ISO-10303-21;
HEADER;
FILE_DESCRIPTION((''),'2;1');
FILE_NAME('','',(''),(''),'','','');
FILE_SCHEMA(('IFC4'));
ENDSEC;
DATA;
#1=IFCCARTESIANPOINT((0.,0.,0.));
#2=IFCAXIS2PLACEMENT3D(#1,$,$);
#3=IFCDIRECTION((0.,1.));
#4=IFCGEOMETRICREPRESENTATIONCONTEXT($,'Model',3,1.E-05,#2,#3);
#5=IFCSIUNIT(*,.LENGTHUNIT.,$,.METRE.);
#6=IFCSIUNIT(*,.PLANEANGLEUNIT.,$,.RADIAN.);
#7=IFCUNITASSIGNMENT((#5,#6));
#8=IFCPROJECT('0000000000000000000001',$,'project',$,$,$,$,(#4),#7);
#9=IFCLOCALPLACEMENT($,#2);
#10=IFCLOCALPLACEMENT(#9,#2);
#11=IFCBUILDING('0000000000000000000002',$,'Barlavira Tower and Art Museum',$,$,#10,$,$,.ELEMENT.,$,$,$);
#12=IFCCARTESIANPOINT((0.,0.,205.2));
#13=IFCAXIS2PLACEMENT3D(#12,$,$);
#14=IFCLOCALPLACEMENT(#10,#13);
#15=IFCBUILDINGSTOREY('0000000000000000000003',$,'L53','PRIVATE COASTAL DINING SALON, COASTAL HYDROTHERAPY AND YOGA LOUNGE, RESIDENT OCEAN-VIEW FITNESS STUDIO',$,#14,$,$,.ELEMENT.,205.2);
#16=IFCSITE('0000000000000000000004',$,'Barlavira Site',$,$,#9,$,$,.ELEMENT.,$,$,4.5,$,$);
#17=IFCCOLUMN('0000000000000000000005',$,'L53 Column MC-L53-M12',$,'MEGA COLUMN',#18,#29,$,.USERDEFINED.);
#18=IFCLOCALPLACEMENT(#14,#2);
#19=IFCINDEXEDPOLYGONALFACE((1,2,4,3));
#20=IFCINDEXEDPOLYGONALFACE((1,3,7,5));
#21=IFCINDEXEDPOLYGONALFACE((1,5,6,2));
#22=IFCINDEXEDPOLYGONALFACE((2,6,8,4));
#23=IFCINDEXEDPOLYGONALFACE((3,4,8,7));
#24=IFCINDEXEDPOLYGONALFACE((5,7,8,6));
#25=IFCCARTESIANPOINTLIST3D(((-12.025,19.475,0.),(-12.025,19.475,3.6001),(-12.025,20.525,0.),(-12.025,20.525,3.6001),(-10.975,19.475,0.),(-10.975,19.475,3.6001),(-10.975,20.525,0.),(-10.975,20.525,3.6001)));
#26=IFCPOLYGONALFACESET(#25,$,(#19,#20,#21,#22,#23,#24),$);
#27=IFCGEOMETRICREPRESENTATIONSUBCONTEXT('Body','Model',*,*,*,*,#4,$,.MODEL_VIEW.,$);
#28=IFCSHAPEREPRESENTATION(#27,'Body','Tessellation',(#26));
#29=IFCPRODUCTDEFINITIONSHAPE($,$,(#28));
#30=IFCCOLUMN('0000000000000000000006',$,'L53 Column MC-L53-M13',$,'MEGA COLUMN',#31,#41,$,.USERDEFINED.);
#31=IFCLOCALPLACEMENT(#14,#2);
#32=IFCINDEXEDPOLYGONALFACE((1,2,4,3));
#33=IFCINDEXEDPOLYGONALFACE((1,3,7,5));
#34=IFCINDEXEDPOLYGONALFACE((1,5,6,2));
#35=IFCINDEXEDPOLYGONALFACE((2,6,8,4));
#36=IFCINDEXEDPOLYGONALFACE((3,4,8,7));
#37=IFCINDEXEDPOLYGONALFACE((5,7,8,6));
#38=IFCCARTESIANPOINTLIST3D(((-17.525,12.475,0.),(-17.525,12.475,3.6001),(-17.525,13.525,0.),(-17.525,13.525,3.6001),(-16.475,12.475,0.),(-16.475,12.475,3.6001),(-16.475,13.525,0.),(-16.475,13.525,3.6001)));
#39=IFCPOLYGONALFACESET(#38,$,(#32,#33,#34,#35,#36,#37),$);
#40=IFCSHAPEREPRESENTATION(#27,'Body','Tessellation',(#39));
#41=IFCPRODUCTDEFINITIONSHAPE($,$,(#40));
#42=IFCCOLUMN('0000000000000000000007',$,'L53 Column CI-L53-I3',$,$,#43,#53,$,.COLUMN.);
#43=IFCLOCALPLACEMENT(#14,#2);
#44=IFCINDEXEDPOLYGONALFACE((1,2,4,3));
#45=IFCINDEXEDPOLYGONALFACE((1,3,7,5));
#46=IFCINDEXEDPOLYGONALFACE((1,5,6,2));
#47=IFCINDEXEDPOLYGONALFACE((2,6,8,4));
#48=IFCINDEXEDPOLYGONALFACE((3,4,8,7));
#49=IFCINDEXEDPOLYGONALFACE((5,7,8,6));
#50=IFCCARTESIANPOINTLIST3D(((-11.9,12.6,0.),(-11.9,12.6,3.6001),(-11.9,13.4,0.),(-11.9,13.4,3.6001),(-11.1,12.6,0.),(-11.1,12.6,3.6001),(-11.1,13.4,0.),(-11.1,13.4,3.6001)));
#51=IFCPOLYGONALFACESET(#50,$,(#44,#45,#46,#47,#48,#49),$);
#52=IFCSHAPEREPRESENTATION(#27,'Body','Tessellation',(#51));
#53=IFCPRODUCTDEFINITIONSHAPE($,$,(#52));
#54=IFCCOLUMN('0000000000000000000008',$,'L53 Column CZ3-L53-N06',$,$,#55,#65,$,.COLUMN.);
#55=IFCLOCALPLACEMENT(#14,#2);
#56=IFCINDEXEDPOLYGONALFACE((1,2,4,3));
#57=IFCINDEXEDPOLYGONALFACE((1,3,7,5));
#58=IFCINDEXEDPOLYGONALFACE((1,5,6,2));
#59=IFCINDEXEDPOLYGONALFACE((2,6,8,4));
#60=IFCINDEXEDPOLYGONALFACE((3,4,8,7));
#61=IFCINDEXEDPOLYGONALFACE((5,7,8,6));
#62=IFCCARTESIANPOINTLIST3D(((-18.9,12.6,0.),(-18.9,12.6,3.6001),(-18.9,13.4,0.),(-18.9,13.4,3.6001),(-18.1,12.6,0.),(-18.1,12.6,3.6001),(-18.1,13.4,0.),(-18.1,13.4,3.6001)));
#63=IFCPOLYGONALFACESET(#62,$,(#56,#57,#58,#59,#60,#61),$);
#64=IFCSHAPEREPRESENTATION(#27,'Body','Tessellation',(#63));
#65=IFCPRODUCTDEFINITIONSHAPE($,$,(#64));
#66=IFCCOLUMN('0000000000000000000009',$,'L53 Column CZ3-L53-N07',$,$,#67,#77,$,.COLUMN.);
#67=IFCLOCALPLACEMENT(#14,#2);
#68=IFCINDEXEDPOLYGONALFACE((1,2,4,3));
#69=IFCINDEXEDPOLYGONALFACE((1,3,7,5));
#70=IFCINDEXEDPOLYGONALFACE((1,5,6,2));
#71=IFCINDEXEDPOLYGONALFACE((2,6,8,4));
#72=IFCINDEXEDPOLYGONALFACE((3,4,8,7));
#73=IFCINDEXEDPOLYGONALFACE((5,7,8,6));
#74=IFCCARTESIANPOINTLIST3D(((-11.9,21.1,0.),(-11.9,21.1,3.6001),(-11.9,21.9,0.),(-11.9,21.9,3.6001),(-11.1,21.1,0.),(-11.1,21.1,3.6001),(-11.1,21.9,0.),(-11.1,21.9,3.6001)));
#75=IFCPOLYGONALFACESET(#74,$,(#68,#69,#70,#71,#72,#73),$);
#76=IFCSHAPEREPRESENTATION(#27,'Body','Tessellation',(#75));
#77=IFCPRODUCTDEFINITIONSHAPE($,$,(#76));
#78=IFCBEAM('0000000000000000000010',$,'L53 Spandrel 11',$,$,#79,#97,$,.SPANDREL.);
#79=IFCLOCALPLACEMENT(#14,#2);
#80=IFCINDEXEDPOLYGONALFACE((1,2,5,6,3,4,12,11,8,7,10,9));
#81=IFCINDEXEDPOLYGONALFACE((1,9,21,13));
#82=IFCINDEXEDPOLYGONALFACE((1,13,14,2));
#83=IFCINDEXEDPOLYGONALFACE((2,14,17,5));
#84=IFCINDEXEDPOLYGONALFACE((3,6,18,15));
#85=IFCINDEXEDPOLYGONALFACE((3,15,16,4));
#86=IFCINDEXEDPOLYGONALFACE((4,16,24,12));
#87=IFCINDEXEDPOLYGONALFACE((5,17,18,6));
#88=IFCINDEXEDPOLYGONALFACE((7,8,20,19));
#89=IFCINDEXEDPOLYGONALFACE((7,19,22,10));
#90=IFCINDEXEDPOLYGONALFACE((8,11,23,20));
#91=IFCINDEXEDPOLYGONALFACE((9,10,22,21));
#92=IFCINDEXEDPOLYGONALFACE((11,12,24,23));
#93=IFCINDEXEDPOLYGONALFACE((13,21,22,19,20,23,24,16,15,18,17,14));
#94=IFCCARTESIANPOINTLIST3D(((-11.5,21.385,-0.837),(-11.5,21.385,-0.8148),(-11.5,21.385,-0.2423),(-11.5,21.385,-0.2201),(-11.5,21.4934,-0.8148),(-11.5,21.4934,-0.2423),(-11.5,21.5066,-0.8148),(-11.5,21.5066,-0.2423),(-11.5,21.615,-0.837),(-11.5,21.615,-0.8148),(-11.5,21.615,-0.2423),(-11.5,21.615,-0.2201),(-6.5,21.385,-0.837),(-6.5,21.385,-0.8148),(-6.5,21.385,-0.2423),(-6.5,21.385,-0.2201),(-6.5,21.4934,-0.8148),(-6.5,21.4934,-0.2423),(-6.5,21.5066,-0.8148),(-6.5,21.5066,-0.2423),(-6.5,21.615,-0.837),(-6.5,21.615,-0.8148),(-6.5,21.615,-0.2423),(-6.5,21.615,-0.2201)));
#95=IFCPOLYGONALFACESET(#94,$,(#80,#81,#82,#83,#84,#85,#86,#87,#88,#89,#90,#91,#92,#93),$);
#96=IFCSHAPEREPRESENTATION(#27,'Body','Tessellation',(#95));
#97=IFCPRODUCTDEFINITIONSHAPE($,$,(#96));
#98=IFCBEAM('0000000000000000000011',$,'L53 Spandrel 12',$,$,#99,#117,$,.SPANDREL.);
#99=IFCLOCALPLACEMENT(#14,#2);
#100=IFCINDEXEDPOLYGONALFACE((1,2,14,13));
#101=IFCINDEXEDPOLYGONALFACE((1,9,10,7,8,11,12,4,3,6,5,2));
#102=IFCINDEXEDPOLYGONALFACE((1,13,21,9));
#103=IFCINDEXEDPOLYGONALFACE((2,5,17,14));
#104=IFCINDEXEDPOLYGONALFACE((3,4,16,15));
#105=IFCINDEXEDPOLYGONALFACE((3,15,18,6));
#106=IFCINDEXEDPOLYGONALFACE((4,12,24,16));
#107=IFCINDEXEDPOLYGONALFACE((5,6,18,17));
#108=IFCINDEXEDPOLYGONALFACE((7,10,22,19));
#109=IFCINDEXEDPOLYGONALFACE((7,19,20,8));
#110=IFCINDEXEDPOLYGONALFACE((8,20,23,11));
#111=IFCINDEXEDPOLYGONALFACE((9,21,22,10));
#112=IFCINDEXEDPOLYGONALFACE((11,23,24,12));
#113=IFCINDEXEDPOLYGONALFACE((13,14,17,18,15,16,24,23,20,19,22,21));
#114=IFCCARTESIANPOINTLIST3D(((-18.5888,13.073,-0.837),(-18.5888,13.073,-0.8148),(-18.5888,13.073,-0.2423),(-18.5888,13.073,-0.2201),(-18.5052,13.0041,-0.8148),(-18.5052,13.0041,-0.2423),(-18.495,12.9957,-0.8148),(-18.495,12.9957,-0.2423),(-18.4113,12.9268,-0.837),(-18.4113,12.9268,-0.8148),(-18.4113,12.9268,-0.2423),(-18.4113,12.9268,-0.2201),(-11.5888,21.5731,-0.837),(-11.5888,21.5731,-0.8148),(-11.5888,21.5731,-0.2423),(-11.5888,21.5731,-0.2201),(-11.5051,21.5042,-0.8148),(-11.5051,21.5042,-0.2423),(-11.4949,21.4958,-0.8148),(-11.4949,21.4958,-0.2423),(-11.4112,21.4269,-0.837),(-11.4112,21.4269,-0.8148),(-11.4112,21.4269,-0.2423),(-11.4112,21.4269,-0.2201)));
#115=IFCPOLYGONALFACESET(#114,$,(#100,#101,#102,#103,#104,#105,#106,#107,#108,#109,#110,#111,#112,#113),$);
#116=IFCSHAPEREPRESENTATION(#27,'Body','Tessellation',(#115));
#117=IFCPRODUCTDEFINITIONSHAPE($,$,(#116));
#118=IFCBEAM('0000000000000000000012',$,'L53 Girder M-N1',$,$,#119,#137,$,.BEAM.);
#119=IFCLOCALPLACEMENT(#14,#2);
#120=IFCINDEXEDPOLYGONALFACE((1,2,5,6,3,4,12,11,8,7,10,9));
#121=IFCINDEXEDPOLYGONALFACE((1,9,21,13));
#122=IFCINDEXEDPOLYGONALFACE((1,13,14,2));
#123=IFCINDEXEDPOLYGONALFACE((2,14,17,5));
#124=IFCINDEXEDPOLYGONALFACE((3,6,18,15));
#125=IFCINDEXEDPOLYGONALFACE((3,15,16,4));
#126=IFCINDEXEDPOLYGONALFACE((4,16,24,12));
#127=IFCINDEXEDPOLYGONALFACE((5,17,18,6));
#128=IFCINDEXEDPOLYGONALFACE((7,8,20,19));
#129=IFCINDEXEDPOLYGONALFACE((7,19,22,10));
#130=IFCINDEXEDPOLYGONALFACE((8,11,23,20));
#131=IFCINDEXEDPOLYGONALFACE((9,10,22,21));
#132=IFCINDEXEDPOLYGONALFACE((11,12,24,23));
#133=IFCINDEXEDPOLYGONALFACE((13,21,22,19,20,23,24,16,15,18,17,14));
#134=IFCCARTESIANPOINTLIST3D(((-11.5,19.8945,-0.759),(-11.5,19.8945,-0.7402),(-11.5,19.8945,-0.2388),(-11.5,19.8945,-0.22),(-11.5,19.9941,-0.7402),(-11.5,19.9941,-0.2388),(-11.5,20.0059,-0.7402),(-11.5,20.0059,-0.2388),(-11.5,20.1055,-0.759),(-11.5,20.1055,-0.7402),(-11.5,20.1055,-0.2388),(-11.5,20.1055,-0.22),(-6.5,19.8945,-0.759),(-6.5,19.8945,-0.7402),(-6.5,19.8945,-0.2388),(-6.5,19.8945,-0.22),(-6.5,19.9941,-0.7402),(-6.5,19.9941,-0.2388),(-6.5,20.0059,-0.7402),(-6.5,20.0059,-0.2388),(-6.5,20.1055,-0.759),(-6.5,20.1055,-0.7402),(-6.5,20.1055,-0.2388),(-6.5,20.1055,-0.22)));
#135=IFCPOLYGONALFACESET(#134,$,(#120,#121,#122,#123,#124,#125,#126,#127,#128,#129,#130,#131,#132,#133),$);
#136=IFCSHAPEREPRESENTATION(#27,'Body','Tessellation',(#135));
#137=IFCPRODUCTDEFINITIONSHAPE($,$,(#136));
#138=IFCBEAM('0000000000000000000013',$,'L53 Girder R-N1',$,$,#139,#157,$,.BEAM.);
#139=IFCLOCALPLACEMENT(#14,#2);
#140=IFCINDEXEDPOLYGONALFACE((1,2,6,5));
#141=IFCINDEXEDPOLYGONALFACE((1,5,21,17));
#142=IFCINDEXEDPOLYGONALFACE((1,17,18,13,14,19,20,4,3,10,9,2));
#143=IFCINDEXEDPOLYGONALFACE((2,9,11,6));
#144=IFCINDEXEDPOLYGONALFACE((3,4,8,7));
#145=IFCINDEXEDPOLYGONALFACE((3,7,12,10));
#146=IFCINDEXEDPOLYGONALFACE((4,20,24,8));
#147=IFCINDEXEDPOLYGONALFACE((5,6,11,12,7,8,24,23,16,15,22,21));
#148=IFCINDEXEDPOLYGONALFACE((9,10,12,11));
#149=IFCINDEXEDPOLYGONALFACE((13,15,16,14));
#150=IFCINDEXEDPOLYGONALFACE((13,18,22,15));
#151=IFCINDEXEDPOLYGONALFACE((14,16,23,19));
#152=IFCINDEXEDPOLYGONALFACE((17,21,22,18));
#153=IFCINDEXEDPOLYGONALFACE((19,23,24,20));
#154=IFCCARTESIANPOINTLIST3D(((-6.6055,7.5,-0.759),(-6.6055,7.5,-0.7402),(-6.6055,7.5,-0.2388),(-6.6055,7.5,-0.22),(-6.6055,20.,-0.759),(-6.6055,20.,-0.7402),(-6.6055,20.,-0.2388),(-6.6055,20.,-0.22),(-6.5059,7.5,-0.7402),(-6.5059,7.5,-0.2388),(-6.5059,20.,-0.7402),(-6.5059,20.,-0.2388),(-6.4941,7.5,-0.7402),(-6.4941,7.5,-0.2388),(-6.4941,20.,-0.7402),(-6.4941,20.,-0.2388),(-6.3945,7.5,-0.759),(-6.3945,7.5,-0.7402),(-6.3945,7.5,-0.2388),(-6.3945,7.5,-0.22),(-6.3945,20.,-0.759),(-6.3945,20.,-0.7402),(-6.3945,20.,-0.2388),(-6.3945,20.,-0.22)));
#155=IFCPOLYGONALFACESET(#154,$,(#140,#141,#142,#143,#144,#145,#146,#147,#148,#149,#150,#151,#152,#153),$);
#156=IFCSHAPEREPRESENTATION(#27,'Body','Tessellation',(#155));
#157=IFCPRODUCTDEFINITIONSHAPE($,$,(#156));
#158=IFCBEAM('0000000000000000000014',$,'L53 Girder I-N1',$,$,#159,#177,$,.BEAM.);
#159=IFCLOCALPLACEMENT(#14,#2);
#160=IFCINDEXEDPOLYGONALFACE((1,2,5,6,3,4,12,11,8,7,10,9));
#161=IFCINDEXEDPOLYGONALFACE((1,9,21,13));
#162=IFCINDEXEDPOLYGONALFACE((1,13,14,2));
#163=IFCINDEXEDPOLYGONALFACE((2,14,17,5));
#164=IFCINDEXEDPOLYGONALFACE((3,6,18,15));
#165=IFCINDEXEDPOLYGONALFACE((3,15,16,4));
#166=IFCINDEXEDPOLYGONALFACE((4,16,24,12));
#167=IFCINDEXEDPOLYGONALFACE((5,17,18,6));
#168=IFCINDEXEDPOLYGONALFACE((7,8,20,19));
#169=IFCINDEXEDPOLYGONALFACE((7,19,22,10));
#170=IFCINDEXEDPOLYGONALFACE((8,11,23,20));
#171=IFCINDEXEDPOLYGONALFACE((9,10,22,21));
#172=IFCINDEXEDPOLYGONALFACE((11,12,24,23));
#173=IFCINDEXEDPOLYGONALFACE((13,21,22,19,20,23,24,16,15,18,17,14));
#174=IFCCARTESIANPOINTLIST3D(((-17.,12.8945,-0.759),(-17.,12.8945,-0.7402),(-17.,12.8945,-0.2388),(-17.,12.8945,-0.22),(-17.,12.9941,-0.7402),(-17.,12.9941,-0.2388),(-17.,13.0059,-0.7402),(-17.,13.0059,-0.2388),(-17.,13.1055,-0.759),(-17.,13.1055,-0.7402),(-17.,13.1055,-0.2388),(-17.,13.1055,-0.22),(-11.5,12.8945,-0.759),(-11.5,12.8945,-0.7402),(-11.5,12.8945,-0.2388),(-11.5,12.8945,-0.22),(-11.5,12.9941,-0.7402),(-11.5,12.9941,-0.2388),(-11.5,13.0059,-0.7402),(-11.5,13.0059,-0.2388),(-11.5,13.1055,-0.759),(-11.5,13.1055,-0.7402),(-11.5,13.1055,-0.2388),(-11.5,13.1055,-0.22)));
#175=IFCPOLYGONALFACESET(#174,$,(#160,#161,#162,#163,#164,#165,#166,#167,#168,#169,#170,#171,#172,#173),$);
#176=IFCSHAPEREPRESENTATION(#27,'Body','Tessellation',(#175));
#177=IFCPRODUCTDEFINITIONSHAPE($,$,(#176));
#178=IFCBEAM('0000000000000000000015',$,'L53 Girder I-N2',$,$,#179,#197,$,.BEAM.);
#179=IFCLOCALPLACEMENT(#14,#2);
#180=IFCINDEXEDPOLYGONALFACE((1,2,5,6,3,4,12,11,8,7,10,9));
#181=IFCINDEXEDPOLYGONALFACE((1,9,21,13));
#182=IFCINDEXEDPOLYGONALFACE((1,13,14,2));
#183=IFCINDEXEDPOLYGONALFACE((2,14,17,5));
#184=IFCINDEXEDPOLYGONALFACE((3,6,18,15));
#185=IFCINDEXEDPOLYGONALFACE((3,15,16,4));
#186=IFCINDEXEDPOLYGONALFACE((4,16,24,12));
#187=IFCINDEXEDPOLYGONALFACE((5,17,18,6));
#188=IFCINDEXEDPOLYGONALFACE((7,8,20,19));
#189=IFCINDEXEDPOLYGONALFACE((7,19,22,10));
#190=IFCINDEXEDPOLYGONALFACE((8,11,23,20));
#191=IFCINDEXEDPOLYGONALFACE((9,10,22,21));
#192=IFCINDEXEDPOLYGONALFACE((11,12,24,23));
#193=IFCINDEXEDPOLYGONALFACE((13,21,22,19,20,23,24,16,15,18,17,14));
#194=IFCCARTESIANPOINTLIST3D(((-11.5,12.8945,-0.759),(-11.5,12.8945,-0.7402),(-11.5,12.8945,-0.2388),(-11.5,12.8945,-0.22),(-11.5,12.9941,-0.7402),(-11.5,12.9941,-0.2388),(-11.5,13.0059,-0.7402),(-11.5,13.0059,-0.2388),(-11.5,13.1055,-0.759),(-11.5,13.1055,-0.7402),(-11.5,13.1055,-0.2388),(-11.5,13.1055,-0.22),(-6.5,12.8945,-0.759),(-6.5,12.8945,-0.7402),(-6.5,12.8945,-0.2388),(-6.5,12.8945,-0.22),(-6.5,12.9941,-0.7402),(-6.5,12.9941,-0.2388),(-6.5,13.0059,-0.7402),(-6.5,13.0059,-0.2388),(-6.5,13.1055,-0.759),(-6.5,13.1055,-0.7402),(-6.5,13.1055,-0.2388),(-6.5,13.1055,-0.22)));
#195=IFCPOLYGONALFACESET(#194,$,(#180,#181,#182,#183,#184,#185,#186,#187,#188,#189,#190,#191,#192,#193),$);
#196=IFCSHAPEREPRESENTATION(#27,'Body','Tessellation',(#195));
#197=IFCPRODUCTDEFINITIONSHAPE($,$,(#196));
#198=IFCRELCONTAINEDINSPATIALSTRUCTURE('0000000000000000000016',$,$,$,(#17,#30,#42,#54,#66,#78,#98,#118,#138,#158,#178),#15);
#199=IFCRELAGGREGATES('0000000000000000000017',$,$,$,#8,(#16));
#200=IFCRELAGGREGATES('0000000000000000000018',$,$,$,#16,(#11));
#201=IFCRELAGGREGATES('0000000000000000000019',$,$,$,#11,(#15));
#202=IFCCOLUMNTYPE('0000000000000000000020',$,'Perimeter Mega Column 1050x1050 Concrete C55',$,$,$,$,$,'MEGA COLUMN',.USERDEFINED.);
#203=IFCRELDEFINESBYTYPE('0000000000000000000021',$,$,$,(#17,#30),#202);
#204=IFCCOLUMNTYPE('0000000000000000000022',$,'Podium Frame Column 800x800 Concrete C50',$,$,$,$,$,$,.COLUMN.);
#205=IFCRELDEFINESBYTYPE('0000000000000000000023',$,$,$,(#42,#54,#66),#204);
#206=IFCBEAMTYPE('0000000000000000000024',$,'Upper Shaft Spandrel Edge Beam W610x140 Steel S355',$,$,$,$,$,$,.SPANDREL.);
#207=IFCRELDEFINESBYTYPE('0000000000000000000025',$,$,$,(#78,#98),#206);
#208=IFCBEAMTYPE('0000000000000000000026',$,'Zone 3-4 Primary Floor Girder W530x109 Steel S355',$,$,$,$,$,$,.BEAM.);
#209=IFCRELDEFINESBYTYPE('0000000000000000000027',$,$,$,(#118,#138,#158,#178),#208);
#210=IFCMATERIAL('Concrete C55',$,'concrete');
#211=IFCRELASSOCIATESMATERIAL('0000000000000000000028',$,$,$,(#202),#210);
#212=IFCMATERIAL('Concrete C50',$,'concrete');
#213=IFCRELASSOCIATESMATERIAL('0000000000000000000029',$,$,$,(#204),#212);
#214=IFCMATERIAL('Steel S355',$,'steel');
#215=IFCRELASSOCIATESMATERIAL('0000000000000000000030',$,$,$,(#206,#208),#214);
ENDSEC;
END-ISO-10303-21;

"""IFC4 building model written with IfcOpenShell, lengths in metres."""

from ifc_helpers import new_model, si_unit, direction, frame, origin, origin_2d, place, context, subcontext, project, spatial, rectangle, i_section, extrude, material, material_profile, profile_set, type_object, element, save


model = new_model("IFC4")

# Units and contexts
model_context = context("Model", 3, precision=1e-05, world=origin(), true_north=direction((0.0, 1.0)))
body_context = subcontext(model_context, "Body", "Model", "MODEL_VIEW")
ifc_project = project(units=[si_unit("LENGTHUNIT", "METRE"), si_unit("PLANEANGLEUNIT", "RADIAN")], contexts=[model_context])

# Site, building, storey
site_placement = place(None, origin())
site = spatial("IfcSite", under=ifc_project, at=site_placement, Name="Barlavira Site", CompositionType="ELEMENT", RefElevation=4.5)
building_placement = place(site_placement, origin())
building = spatial("IfcBuilding", under=site, at=building_placement, Name="Barlavira Tower and Art Museum", CompositionType="ELEMENT")
storey_placement = place(building_placement, frame((0.0, 0.0, 205.2)))
storey = spatial("IfcBuildingStorey", under=building, at=storey_placement, Name="L53", Description="PRIVATE COASTAL DINING SALON, COASTAL HYDROTHERAPY AND YOGA LOUNGE, RESIDENT OCEAN-VIEW FITNESS STUDIO", CompositionType="ELEMENT", Elevation=205.2)

# Columns
ifc_material_1 = material(Name="Concrete C55", Category="concrete")
ifc_material_profile_1 = material_profile(ifc_material_1, rectangle(XDim=1.05, YDim=1.05, at=origin_2d()), Name="RC-COL 1050x1050")
ifc_profile_set_1 = profile_set([ifc_material_profile_1], Name="Concrete C55")
column_type_1 = type_object("IfcColumnType", Name="Perimeter Mega Column 1050x1050 Concrete C55", ElementType="MEGA COLUMN", PredefinedType="USERDEFINED", material=ifc_profile_set_1)
for number, where, z_axis, x_axis, name in (
    (1, (-11.5, 20.0, 0.0), (0.0, 0.0, 1.0), (1.0, 0.0, 0.0), "L53 Column MC-L53-M12"),
    (2, (-17.0, 13.0, 0.0), (0.0, 0.0, 1.0), (1.0, 0.0, 0.0), "L53 Column MC-L53-M13"),
):
    element("IfcColumn", number, at=place(storey_placement, frame(where, z_axis=z_axis, x_axis=x_axis)), inside=storey, type_object=column_type_1, Name=name, ObjectType="MEGA COLUMN", PredefinedType="USERDEFINED", context=body_context, shape_type="SweptSolid", body=[
        extrude(rectangle(XDim=1.05, YDim=1.05, at=origin_2d()), origin(), (0.0, 0.0, 1.0), 3.6001),
    ])
ifc_material_2 = material(Name="Concrete C50", Category="concrete")
ifc_material_profile_2 = material_profile(ifc_material_2, rectangle(XDim=0.8, YDim=0.8, at=origin_2d()), Name="RC-COL 800x800")
ifc_profile_set_2 = profile_set([ifc_material_profile_2], Name="Concrete C50")
column_type_2 = type_object("IfcColumnType", Name="Podium Frame Column 800x800 Concrete C50", PredefinedType="COLUMN", material=ifc_profile_set_2)
for number, where, z_axis, x_axis, name in (
    (3, (-11.5, 13.0, 0.0), (0.0, 0.0, 1.0), (1.0, 0.0, 0.0), "L53 Column CI-L53-I3"),
    (4, (-18.5, 13.0, 0.0), (0.0, 0.0, 1.0), (1.0, 0.0, 0.0), "L53 Column CZ3-L53-N06"),
    (5, (-11.5, 21.5, 0.0), (0.0, 0.0, 1.0), (1.0, 0.0, 0.0), "L53 Column CZ3-L53-N07"),
):
    element("IfcColumn", number, at=place(storey_placement, frame(where, z_axis=z_axis, x_axis=x_axis)), inside=storey, type_object=column_type_2, Name=name, PredefinedType="COLUMN", context=body_context, shape_type="SweptSolid", body=[
        extrude(rectangle(XDim=0.8, YDim=0.8, at=origin_2d()), origin(), (0.0, 0.0, 1.0), 3.6001),
    ])

# Beams
ifc_material_3 = material(Name="Steel S355", Category="steel")
ifc_material_profile_3 = material_profile(ifc_material_3, i_section(OverallWidth=0.23, OverallDepth=0.6169, WebThickness=0.0132, FlangeThickness=0.0222, at=origin_2d()), Name="W610x140.0")
ifc_profile_set_3 = profile_set([ifc_material_profile_3], Name="Steel S355")
beam_type_1 = type_object("IfcBeamType", Name="Upper Shaft Spandrel Edge Beam W610x140 Steel S355", PredefinedType="SPANDREL", material=ifc_profile_set_3)
beam_1_placement = place(storey_placement, frame((-11.5, 21.5, -0.5286), z_axis=(1.0, 0.0, 0.0), x_axis=(0.0, 1.0, 0.0)))
element("IfcBeam", 6, at=beam_1_placement, inside=storey, type_object=beam_type_1, Name="L53 Spandrel 11", PredefinedType="SPANDREL", context=body_context, shape_type="SweptSolid", body=[
    extrude(i_section(OverallWidth=0.23, OverallDepth=0.6169, WebThickness=0.0132, FlangeThickness=0.0222, at=origin_2d()), origin(), (0.0, 0.0, 1.0), 5.0),
])
beam_2_placement = place(storey_placement, frame((-11.5, 21.5, -0.5286), z_axis=(-0.635707, -0.77193, 0.0), x_axis=(0.77193, -0.635707, 0.0)))
element("IfcBeam", 7, at=beam_2_placement, inside=storey, type_object=beam_type_1, Name="L53 Spandrel 12", PredefinedType="SPANDREL", context=body_context, shape_type="SweptSolid", body=[
    extrude(i_section(OverallWidth=0.23, OverallDepth=0.6169, WebThickness=0.0132, FlangeThickness=0.0222, at=origin_2d()), origin(), (0.0, 0.0, 1.0), 11.0115),
])
ifc_material_profile_4 = material_profile(ifc_material_3, i_section(OverallWidth=0.2109, OverallDepth=0.5391, WebThickness=0.0117, FlangeThickness=0.0188, at=origin_2d()), Name="W530x109.0")
ifc_profile_set_4 = profile_set([ifc_material_profile_4], Name="Steel S355")
beam_type_2 = type_object("IfcBeamType", Name="Zone 3-4 Primary Floor Girder W530x109 Steel S355", PredefinedType="BEAM", material=ifc_profile_set_4)
beam_3_placement = place(storey_placement, frame((-11.5, 20.0, -0.4895), z_axis=(1.0, 0.0, 0.0), x_axis=(0.0, 1.0, 0.0)))
element("IfcBeam", 8, at=beam_3_placement, inside=storey, type_object=beam_type_2, Name="L53 Girder M-N1", PredefinedType="BEAM", context=body_context, shape_type="SweptSolid", body=[
    extrude(i_section(OverallWidth=0.2109, OverallDepth=0.5391, WebThickness=0.0117, FlangeThickness=0.0188, at=origin_2d()), origin(), (0.0, 0.0, 1.0), 5.0),
])
beam_4_placement = place(storey_placement, frame((-6.5, 7.5, -0.4895), z_axis=(0.0, 1.0, 0.0), x_axis=(-1.0, 0.0, 0.0)))
element("IfcBeam", 9, at=beam_4_placement, inside=storey, type_object=beam_type_2, Name="L53 Girder R-N1", PredefinedType="BEAM", context=body_context, shape_type="SweptSolid", body=[
    extrude(i_section(OverallWidth=0.2109, OverallDepth=0.5391, WebThickness=0.0117, FlangeThickness=0.0188, at=origin_2d()), origin(), (0.0, 0.0, 1.0), 12.5),
])
beam_5_placement = place(storey_placement, frame((-17.0, 13.0, -0.4895), z_axis=(1.0, 0.0, 0.0), x_axis=(0.0, 1.0, 0.0)))
element("IfcBeam", 10, at=beam_5_placement, inside=storey, type_object=beam_type_2, Name="L53 Girder I-N1", PredefinedType="BEAM", context=body_context, shape_type="SweptSolid", body=[
    extrude(i_section(OverallWidth=0.2109, OverallDepth=0.5391, WebThickness=0.0117, FlangeThickness=0.0188, at=origin_2d()), origin(), (0.0, 0.0, 1.0), 5.5),
])
beam_6_placement = place(storey_placement, frame((-11.5, 13.0, -0.4895), z_axis=(1.0, 0.0, 0.0), x_axis=(0.0, 1.0, 0.0)))
element("IfcBeam", 11, at=beam_6_placement, inside=storey, type_object=beam_type_2, Name="L53 Girder I-N2", PredefinedType="BEAM", context=body_context, shape_type="SweptSolid", body=[
    extrude(i_section(OverallWidth=0.2109, OverallDepth=0.5391, WebThickness=0.0117, FlangeThickness=0.0188, at=origin_2d()), origin(), (0.0, 0.0, 1.0), 5.0),
])

save(model, "model.ifc")
